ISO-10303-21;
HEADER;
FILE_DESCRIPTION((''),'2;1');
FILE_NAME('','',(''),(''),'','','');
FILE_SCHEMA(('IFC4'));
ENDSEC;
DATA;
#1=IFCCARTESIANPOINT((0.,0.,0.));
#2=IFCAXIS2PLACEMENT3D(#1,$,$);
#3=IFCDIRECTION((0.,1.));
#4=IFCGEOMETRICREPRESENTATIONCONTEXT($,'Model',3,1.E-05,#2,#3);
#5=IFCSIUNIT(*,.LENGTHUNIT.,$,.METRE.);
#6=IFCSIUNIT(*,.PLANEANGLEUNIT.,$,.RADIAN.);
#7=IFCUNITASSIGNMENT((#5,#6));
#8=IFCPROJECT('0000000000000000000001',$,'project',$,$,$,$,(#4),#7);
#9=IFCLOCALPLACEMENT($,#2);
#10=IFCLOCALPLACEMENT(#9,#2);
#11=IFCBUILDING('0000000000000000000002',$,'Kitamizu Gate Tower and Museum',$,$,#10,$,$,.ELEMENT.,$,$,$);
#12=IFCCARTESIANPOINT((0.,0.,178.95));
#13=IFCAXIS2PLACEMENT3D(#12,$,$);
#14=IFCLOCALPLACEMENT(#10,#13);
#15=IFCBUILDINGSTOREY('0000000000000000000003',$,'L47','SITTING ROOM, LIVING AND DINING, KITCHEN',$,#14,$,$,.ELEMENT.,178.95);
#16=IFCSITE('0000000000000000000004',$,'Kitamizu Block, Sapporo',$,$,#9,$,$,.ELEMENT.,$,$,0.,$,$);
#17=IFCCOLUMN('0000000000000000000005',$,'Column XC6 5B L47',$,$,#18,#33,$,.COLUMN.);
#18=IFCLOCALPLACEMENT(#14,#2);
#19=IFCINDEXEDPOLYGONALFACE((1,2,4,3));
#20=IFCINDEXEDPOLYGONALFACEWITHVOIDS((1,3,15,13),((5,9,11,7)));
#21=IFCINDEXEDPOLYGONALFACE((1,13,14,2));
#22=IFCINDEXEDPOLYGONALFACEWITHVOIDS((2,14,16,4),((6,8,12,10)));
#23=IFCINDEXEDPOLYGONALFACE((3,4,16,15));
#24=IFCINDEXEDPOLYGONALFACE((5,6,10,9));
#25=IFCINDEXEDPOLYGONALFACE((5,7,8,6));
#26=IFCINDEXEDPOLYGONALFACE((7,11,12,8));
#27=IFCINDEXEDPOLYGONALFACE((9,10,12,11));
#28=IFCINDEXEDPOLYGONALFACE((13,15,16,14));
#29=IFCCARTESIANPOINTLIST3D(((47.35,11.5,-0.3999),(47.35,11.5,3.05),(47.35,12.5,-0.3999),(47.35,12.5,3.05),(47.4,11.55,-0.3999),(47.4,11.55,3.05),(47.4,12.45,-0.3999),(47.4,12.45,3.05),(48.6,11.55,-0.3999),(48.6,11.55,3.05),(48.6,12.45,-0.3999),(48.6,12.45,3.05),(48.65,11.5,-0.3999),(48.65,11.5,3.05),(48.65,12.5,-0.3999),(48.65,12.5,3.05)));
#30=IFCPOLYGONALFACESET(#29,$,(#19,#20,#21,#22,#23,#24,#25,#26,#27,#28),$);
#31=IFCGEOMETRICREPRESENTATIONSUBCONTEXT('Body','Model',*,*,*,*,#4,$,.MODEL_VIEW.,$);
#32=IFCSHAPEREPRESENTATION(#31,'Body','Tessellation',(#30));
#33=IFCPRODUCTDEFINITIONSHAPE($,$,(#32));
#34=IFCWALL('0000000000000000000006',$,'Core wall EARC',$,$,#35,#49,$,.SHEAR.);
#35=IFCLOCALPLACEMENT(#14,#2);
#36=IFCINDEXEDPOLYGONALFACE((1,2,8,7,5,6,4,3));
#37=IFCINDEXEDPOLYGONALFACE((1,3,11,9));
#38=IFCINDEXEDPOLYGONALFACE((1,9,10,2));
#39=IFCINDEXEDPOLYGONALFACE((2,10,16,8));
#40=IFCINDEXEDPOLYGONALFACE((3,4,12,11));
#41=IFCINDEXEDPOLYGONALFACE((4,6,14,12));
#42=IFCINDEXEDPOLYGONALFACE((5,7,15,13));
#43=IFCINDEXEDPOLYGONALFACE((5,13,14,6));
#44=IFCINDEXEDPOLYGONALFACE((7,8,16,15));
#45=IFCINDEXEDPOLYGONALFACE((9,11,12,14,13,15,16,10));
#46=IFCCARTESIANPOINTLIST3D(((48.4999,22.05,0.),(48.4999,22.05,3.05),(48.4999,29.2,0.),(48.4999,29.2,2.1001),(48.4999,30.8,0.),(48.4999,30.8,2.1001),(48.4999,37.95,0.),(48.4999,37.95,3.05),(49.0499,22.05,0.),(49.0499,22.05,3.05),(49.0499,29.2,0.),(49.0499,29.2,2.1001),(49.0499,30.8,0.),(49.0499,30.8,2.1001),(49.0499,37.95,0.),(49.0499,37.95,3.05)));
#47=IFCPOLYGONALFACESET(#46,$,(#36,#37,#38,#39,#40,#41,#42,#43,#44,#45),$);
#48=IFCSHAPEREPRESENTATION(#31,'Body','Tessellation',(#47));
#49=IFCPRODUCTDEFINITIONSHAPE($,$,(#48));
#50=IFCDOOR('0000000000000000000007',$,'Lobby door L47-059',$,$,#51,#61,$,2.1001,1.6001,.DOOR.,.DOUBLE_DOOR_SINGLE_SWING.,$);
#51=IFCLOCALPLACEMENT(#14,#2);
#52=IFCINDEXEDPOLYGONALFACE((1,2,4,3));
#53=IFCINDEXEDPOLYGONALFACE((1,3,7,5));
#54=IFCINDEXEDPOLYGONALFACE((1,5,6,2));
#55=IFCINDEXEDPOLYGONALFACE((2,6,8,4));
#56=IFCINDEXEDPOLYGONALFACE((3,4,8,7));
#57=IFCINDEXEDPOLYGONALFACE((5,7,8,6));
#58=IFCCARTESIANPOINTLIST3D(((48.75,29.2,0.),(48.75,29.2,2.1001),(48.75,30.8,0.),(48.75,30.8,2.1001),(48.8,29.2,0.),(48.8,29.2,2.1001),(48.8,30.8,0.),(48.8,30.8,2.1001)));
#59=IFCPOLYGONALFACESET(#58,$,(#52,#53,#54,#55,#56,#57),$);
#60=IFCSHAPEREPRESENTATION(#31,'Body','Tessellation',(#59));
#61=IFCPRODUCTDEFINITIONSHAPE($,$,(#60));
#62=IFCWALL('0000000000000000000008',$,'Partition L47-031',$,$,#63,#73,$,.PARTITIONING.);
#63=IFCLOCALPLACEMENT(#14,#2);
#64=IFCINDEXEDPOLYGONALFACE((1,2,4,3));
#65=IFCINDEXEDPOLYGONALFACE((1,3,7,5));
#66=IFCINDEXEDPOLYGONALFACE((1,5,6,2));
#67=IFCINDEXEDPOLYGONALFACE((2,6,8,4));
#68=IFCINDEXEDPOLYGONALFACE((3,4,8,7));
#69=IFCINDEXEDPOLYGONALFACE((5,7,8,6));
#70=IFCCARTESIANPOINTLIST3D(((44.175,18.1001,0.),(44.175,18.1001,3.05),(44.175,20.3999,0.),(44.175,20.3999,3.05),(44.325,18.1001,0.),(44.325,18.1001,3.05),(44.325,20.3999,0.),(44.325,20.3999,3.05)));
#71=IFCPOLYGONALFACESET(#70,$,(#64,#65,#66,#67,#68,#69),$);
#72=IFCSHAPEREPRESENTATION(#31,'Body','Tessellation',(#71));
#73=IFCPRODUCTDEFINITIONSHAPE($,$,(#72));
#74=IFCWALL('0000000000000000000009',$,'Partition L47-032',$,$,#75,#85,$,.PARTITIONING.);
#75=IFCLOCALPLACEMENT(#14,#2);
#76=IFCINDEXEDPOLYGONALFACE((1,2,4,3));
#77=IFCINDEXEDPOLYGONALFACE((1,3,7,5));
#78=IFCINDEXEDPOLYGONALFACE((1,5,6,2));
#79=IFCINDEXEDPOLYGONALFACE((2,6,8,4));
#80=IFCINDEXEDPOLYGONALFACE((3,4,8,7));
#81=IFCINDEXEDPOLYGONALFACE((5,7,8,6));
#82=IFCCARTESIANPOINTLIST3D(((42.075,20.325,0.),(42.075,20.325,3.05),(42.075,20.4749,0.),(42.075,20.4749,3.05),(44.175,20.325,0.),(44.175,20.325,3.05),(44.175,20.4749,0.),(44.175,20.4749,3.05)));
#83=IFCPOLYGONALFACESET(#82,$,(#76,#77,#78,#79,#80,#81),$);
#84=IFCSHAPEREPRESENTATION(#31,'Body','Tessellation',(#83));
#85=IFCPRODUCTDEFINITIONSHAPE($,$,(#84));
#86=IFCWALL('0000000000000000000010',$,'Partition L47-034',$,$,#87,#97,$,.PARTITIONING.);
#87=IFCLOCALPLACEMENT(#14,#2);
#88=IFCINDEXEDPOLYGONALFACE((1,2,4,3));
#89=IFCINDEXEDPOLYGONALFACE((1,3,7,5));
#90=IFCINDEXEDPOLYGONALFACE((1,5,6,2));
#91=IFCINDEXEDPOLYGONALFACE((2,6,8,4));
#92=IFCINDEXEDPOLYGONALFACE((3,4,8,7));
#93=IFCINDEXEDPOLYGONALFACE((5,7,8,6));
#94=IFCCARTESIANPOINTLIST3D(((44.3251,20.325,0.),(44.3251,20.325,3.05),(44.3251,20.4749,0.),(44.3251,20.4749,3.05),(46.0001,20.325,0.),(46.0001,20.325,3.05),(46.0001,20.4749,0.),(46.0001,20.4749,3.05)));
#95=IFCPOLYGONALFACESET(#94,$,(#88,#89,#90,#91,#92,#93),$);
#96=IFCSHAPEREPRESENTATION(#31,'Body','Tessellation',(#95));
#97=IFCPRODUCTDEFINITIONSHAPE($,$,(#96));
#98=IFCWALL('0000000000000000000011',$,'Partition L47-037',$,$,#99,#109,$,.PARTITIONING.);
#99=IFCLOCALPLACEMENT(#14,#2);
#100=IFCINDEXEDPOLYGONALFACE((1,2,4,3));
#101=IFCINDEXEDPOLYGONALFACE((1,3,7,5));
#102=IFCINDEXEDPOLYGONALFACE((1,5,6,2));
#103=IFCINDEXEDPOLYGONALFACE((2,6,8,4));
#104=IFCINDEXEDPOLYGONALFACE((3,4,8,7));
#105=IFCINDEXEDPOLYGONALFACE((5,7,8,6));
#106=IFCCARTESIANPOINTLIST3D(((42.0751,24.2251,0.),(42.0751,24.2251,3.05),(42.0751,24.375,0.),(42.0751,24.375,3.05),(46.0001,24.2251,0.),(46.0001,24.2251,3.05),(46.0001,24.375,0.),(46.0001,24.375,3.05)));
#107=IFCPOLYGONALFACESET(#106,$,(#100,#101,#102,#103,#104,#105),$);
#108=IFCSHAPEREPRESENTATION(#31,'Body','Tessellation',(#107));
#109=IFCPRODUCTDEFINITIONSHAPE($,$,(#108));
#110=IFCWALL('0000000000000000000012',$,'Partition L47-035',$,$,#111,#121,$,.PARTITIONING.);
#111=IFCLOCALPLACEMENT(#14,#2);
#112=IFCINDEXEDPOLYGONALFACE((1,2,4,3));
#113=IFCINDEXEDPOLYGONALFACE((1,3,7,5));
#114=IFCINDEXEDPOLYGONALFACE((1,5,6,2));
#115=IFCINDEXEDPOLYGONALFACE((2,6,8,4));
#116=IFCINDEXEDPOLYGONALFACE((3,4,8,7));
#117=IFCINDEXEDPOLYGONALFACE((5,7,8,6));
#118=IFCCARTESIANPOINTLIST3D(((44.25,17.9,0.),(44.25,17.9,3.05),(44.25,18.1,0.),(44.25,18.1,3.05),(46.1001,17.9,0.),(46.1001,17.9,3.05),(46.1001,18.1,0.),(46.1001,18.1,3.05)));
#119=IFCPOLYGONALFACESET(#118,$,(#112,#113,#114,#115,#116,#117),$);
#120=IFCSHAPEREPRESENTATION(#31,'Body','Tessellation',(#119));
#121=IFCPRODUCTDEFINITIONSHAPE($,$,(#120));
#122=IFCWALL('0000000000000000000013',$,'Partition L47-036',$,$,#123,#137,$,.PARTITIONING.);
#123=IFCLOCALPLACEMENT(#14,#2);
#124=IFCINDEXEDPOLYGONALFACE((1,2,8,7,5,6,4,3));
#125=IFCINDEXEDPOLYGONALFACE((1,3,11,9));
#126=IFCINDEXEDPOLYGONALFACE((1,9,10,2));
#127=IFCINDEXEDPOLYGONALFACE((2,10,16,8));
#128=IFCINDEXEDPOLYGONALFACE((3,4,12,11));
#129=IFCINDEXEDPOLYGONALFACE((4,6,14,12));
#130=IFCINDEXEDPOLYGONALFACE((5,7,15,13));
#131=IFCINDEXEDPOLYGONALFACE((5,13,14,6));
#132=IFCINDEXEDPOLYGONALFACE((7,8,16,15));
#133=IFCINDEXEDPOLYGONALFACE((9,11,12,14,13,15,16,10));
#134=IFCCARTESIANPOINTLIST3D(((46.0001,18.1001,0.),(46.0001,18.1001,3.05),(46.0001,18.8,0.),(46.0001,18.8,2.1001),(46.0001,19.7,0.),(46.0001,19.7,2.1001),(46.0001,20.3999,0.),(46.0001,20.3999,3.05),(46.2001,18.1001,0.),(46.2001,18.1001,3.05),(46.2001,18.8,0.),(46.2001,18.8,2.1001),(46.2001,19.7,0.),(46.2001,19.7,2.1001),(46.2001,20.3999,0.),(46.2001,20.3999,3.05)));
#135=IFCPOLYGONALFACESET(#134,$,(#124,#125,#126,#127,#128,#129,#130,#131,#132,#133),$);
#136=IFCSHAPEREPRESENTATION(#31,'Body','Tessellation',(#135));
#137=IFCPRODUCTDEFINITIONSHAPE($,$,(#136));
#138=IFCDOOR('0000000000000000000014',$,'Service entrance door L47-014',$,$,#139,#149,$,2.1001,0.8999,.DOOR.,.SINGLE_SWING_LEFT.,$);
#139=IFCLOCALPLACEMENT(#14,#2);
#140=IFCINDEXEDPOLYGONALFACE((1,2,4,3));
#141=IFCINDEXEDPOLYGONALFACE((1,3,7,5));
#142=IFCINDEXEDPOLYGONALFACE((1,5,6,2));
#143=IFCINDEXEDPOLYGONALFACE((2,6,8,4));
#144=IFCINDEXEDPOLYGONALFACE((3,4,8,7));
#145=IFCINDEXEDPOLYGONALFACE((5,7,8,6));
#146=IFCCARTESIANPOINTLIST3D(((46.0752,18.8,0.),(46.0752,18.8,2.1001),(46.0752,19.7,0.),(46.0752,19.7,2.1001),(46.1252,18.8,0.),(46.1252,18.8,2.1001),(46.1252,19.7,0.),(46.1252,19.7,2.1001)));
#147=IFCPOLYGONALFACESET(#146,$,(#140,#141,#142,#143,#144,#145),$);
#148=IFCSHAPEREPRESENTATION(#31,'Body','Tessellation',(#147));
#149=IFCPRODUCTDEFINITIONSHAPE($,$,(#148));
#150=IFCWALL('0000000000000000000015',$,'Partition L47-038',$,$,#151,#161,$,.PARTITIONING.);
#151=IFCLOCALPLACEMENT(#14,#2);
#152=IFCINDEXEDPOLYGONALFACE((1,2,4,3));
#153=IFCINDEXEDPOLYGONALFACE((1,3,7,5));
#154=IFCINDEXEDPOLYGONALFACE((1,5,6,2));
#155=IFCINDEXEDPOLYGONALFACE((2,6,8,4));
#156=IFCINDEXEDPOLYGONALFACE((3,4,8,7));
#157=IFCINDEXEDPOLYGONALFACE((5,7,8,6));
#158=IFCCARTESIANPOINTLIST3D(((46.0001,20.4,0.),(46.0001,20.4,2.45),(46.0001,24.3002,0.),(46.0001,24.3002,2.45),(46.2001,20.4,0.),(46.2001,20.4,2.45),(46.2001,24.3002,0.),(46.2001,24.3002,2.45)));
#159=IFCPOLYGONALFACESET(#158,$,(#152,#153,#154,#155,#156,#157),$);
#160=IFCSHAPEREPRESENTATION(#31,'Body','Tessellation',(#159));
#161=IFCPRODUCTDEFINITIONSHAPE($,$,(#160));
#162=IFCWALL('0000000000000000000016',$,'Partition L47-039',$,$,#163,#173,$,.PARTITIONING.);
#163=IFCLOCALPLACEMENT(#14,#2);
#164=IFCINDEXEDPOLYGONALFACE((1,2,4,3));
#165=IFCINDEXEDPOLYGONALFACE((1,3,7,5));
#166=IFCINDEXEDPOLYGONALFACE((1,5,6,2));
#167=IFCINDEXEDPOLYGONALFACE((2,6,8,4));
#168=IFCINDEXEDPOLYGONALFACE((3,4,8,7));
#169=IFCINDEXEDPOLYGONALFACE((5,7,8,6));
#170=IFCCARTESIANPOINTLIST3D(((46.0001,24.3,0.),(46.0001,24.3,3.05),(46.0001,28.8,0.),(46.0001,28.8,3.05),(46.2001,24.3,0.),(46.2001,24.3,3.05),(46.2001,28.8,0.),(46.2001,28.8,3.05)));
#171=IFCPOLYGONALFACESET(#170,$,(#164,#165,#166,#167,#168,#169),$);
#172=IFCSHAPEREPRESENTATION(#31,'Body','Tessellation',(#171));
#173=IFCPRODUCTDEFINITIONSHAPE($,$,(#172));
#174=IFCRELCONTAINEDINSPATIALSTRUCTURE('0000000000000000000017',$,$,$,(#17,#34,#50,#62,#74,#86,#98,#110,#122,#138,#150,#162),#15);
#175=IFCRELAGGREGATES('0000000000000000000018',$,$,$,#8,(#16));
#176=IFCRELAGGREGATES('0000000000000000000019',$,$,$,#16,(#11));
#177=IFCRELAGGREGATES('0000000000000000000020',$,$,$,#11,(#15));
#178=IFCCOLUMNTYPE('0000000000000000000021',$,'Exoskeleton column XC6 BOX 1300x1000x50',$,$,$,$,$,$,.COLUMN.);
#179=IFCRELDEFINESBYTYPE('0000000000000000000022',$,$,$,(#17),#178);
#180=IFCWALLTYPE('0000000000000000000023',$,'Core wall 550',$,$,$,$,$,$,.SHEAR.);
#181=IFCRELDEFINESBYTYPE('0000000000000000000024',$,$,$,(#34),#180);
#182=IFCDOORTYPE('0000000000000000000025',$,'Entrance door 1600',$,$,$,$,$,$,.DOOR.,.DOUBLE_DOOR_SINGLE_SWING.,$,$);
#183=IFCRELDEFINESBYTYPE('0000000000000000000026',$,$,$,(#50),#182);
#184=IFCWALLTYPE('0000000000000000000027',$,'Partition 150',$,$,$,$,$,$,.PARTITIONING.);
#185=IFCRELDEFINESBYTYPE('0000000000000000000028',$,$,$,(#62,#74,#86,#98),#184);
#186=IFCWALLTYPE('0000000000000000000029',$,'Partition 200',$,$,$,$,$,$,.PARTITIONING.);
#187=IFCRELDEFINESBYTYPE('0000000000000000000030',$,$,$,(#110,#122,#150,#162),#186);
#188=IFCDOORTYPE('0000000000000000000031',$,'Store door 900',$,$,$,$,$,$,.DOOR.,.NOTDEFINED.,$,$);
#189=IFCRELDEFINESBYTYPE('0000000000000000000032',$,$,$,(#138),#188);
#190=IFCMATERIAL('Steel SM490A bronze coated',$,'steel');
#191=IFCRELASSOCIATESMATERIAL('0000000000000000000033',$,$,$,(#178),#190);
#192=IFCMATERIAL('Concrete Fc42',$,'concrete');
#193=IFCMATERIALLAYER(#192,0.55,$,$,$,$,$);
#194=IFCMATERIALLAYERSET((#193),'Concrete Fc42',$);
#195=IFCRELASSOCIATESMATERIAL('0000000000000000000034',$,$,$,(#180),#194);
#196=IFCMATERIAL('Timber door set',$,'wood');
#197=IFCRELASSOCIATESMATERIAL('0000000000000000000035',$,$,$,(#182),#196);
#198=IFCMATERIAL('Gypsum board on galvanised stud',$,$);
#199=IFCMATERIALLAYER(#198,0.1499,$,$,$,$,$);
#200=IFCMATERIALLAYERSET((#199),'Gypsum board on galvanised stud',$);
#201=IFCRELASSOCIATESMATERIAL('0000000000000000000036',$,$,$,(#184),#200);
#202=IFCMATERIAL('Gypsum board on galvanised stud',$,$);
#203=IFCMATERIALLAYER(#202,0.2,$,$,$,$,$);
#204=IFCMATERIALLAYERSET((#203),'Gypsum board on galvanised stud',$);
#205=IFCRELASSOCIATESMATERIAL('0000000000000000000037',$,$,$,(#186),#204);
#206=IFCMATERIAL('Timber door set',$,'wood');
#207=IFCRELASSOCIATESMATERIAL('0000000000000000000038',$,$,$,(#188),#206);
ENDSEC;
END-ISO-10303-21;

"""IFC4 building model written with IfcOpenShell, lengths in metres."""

from ifc_helpers import new_model, si_unit, direction, frame, frame_2d, origin, origin_2d, place, context, subcontext, project, spatial, rectangle, hollow_rectangle, extrude, material, layer, layer_set, material_profile, profile_set, type_object, element, fill, save


model = new_model("IFC4")

# Units and contexts
model_context = context("Model", 3, precision=1e-05, world=origin(), true_north=direction((0.0, 1.0)))
body_context = subcontext(model_context, "Body", "Model", "MODEL_VIEW")
ifc_project = project(units=[si_unit("LENGTHUNIT", "METRE"), si_unit("PLANEANGLEUNIT", "RADIAN")], contexts=[model_context])

# Site, building, storey
site_placement = place(None, origin())
site = spatial("IfcSite", under=ifc_project, at=site_placement, Name="Kitamizu Block, Sapporo", CompositionType="ELEMENT", RefElevation=0.0)
building_placement = place(site_placement, origin())
building = spatial("IfcBuilding", under=site, at=building_placement, Name="Kitamizu Gate Tower and Museum", CompositionType="ELEMENT")
storey_placement = place(building_placement, frame((0.0, 0.0, 178.95)))
storey = spatial("IfcBuildingStorey", under=building, at=storey_placement, Name="L47", Description="SITTING ROOM, LIVING AND DINING, KITCHEN", CompositionType="ELEMENT", Elevation=178.95)

# Column
ifc_material_1 = material(Name="Steel SM490A bronze coated", Category="steel")
ifc_material_profile = material_profile(ifc_material_1, hollow_rectangle(XDim=1.3, YDim=1.0, WallThickness=0.05, at=origin_2d()), Name="BOX 1300x1000x50")
ifc_profile_set = profile_set([ifc_material_profile], Name="Steel SM490A bronze coated")
column_type = type_object("IfcColumnType", Name="Exoskeleton column XC6 BOX 1300x1000x50", PredefinedType="COLUMN", material=ifc_profile_set)
column_placement = place(storey_placement, frame((48.0, 12.0, -0.3999), z_axis=(0.0, 0.0, 1.0), x_axis=(1.0, 0.0, 0.0)))
element("IfcColumn", 1, at=column_placement, inside=storey, type_object=column_type, Name="Column XC6 5B L47", PredefinedType="COLUMN", context=body_context, shape_type="SweptSolid", body=[
    extrude(hollow_rectangle(XDim=1.3, YDim=1.0, WallThickness=0.05, at=origin_2d()), origin(), (0.0, 0.0, 1.0), 3.45),
])

# Wall, opening, door
ifc_material_2 = material(Name="Concrete Fc42", Category="concrete")
ifc_layer_1 = layer(ifc_material_2, 0.55)
ifc_layer_set_1 = layer_set([ifc_layer_1], Name="Concrete Fc42")
wall_type_1 = type_object("IfcWallType", Name="Core wall 550", PredefinedType="SHEAR", material=ifc_layer_set_1)
wall_1_placement = place(storey_placement, frame((48.7749, 22.05, 0.0), z_axis=(0.0, 0.0, 1.0), x_axis=(0.0, 1.0, 0.0)))
wall_1 = element("IfcWall", 2, at=wall_1_placement, inside=storey, type_object=wall_type_1, Name="Core wall EARC", PredefinedType="SHEAR", context=body_context, shape_type="SweptSolid", body=[
    extrude(rectangle(XDim=15.8999, YDim=0.55, at=frame_2d((7.95, 0.0))), origin(), (0.0, 0.0, 1.0), 3.05),
])
opening_1_placement = place(wall_1_placement, frame((7.1499, 0.0, 0.0)))
opening_1 = element("IfcOpeningElement", 3, at=opening_1_placement, cuts=wall_1, PredefinedType="OPENING", context=body_context, shape_type="SweptSolid", body=[
    extrude(rectangle(XDim=1.6001, YDim=2.1001, at=frame_2d((0.8, 1.05))), frame((0.0, 0.2852, 0.0), z_axis=(0.0, -1.0, 0.0), x_axis=(1.0, 0.0, 0.0)), (0.0, 0.0, 1.0), 0.5701),
])
ifc_material_3 = material(Name="Timber door set", Category="wood")
door_type_1 = type_object("IfcDoorType", Name="Entrance door 1600", OperationType="DOUBLE_DOOR_SINGLE_SWING", PredefinedType="DOOR", material=ifc_material_3)
door_1_placement = place(opening_1_placement, origin())
door_1 = element("IfcDoor", 4, at=door_1_placement, inside=storey, type_object=door_type_1, Name="Lobby door L47-059", OperationType="DOUBLE_DOOR_SINGLE_SWING", OverallHeight=2.1001, OverallWidth=1.6001, PredefinedType="DOOR", context=body_context, shape_type="SweptSolid", body=[
    extrude(rectangle(XDim=1.6001, YDim=2.1001, at=frame_2d((0.8, 1.05))), frame((0.0, 0.0249, 0.0), z_axis=(0.0, -1.0, 0.0), x_axis=(1.0, 0.0, 0.0)), (0.0, 0.0, 1.0), 0.05),
])
fill(opening_1, door_1)

# Walls
ifc_material_4 = material(Name="Gypsum board on galvanised stud")
ifc_layer_2 = layer(ifc_material_4, 0.1499)
ifc_layer_set_2 = layer_set([ifc_layer_2], Name="Gypsum board on galvanised stud")
wall_type_2 = type_object("IfcWallType", Name="Partition 150", PredefinedType="PARTITIONING", material=ifc_layer_set_2)
wall_2_placement = place(storey_placement, frame((44.25, 18.1001, 0.0), z_axis=(0.0, 0.0, 1.0), x_axis=(0.0, 1.0, 0.0)))
element("IfcWall", 5, at=wall_2_placement, inside=storey, type_object=wall_type_2, Name="Partition L47-031", PredefinedType="PARTITIONING", context=body_context, shape_type="SweptSolid", body=[
    extrude(rectangle(XDim=2.2998, YDim=0.1499, at=frame_2d((1.1499, 0.0))), origin(), (0.0, 0.0, 1.0), 3.05),
])
wall_3_placement = place(storey_placement, frame((44.175, 20.3999, 0.0), z_axis=(0.0, 0.0, 1.0), x_axis=(-1.0, 0.0, 0.0)))
element("IfcWall", 6, at=wall_3_placement, inside=storey, type_object=wall_type_2, Name="Partition L47-032", PredefinedType="PARTITIONING", context=body_context, shape_type="SweptSolid", body=[
    extrude(rectangle(XDim=2.1001, YDim=0.1499, at=frame_2d((1.05, 0.0))), origin(), (0.0, 0.0, 1.0), 3.05),
])
wall_4_placement = place(storey_placement, frame((46.0, 20.3999, 0.0), z_axis=(0.0, 0.0, 1.0), x_axis=(-1.0, 0.0, 0.0)))
element("IfcWall", 7, at=wall_4_placement, inside=storey, type_object=wall_type_2, Name="Partition L47-034", PredefinedType="PARTITIONING", context=body_context, shape_type="SweptSolid", body=[
    extrude(rectangle(XDim=1.675, YDim=0.1499, at=frame_2d((0.8374, 0.0))), origin(), (0.0, 0.0, 1.0), 3.05),
])
wall_5_placement = place(storey_placement, frame((46.0, 24.3, 0.0), z_axis=(0.0, 0.0, 1.0), x_axis=(-1.0, 0.0, 0.0)))
element("IfcWall", 8, at=wall_5_placement, inside=storey, type_object=wall_type_2, Name="Partition L47-037", PredefinedType="PARTITIONING", context=body_context, shape_type="SweptSolid", body=[
    extrude(rectangle(XDim=3.925, YDim=0.1499, at=frame_2d((1.9624, 0.0))), origin(), (0.0, 0.0, 1.0), 3.05),
])
ifc_material_5 = material(Name="Gypsum board on galvanised stud")
ifc_layer_3 = layer(ifc_material_5, 0.2)
ifc_layer_set_3 = layer_set([ifc_layer_3], Name="Gypsum board on galvanised stud")
wall_type_3 = type_object("IfcWallType", Name="Partition 200", PredefinedType="PARTITIONING", material=ifc_layer_set_3)
wall_6_placement = place(storey_placement, frame((44.25, 18.0, 0.0), z_axis=(0.0, 0.0, 1.0), x_axis=(1.0, 0.0, 0.0)))
element("IfcWall", 9, at=wall_6_placement, inside=storey, type_object=wall_type_3, Name="Partition L47-035", PredefinedType="PARTITIONING", context=body_context, shape_type="SweptSolid", body=[
    extrude(rectangle(XDim=1.8501, YDim=0.2, at=frame_2d((0.925, 0.0))), origin(), (0.0, 0.0, 1.0), 3.05),
])

# Wall, opening, door
wall_7_placement = place(storey_placement, frame((46.1001, 18.1001, 0.0), z_axis=(0.0, 0.0, 1.0), x_axis=(0.0, 1.0, 0.0)))
wall_7 = element("IfcWall", 10, at=wall_7_placement, inside=storey, type_object=wall_type_3, Name="Partition L47-036", PredefinedType="PARTITIONING", context=body_context, shape_type="SweptSolid", body=[
    extrude(rectangle(XDim=2.2998, YDim=0.2, at=frame_2d((1.1499, 0.0))), origin(), (0.0, 0.0, 1.0), 3.05),
])
opening_2_placement = place(wall_7_placement, frame((0.7, 0.0, 0.0)))
opening_2 = element("IfcOpeningElement", 11, at=opening_2_placement, cuts=wall_7, PredefinedType="OPENING", context=body_context, shape_type="SweptSolid", body=[
    extrude(rectangle(XDim=0.8999, YDim=2.1001, at=frame_2d((0.45, 1.05))), frame((0.0, 0.1099, 0.0), z_axis=(0.0, -1.0, 0.0), x_axis=(1.0, 0.0, 0.0)), (0.0, 0.0, 1.0), 0.22),
])
ifc_material_6 = material(Name="Timber door set", Category="wood")
door_type_2 = type_object("IfcDoorType", Name="Store door 900", OperationType="NOTDEFINED", PredefinedType="DOOR", material=ifc_material_6)
door_2_placement = place(opening_2_placement, origin())
door_2 = element("IfcDoor", 12, at=door_2_placement, inside=storey, type_object=door_type_2, Name="Service entrance door L47-014", OperationType="SINGLE_SWING_LEFT", OverallHeight=2.1001, OverallWidth=0.8999, PredefinedType="DOOR", context=body_context, shape_type="SweptSolid", body=[
    extrude(rectangle(XDim=0.8999, YDim=2.1001, at=frame_2d((0.45, 1.05))), frame((0.0, 0.0249, 0.0), z_axis=(0.0, -1.0, 0.0), x_axis=(1.0, 0.0, 0.0)), (0.0, 0.0, 1.0), 0.05),
])
fill(opening_2, door_2)

# Walls
wall_8_placement = place(storey_placement, frame((46.1001, 20.3999, 0.0), z_axis=(0.0, 0.0, 1.0), x_axis=(0.0, 1.0, 0.0)))
element("IfcWall", 13, at=wall_8_placement, inside=storey, type_object=wall_type_3, Name="Partition L47-038", PredefinedType="PARTITIONING", context=body_context, shape_type="SweptSolid", body=[
    extrude(rectangle(XDim=3.9001, YDim=0.2, at=frame_2d((1.9502, 0.0))), origin(), (0.0, 0.0, 1.0), 2.45),
])
wall_9_placement = place(storey_placement, frame((46.1001, 24.3, 0.0), z_axis=(0.0, 0.0, 1.0), x_axis=(0.0, 1.0, 0.0)))
element("IfcWall", 14, at=wall_9_placement, inside=storey, type_object=wall_type_3, Name="Partition L47-039", PredefinedType="PARTITIONING", context=body_context, shape_type="SweptSolid", body=[
    extrude(rectangle(XDim=4.5, YDim=0.2, at=frame_2d((2.25, 0.0))), origin(), (0.0, 0.0, 1.0), 3.05),
])

save(model, "model.ifc")
